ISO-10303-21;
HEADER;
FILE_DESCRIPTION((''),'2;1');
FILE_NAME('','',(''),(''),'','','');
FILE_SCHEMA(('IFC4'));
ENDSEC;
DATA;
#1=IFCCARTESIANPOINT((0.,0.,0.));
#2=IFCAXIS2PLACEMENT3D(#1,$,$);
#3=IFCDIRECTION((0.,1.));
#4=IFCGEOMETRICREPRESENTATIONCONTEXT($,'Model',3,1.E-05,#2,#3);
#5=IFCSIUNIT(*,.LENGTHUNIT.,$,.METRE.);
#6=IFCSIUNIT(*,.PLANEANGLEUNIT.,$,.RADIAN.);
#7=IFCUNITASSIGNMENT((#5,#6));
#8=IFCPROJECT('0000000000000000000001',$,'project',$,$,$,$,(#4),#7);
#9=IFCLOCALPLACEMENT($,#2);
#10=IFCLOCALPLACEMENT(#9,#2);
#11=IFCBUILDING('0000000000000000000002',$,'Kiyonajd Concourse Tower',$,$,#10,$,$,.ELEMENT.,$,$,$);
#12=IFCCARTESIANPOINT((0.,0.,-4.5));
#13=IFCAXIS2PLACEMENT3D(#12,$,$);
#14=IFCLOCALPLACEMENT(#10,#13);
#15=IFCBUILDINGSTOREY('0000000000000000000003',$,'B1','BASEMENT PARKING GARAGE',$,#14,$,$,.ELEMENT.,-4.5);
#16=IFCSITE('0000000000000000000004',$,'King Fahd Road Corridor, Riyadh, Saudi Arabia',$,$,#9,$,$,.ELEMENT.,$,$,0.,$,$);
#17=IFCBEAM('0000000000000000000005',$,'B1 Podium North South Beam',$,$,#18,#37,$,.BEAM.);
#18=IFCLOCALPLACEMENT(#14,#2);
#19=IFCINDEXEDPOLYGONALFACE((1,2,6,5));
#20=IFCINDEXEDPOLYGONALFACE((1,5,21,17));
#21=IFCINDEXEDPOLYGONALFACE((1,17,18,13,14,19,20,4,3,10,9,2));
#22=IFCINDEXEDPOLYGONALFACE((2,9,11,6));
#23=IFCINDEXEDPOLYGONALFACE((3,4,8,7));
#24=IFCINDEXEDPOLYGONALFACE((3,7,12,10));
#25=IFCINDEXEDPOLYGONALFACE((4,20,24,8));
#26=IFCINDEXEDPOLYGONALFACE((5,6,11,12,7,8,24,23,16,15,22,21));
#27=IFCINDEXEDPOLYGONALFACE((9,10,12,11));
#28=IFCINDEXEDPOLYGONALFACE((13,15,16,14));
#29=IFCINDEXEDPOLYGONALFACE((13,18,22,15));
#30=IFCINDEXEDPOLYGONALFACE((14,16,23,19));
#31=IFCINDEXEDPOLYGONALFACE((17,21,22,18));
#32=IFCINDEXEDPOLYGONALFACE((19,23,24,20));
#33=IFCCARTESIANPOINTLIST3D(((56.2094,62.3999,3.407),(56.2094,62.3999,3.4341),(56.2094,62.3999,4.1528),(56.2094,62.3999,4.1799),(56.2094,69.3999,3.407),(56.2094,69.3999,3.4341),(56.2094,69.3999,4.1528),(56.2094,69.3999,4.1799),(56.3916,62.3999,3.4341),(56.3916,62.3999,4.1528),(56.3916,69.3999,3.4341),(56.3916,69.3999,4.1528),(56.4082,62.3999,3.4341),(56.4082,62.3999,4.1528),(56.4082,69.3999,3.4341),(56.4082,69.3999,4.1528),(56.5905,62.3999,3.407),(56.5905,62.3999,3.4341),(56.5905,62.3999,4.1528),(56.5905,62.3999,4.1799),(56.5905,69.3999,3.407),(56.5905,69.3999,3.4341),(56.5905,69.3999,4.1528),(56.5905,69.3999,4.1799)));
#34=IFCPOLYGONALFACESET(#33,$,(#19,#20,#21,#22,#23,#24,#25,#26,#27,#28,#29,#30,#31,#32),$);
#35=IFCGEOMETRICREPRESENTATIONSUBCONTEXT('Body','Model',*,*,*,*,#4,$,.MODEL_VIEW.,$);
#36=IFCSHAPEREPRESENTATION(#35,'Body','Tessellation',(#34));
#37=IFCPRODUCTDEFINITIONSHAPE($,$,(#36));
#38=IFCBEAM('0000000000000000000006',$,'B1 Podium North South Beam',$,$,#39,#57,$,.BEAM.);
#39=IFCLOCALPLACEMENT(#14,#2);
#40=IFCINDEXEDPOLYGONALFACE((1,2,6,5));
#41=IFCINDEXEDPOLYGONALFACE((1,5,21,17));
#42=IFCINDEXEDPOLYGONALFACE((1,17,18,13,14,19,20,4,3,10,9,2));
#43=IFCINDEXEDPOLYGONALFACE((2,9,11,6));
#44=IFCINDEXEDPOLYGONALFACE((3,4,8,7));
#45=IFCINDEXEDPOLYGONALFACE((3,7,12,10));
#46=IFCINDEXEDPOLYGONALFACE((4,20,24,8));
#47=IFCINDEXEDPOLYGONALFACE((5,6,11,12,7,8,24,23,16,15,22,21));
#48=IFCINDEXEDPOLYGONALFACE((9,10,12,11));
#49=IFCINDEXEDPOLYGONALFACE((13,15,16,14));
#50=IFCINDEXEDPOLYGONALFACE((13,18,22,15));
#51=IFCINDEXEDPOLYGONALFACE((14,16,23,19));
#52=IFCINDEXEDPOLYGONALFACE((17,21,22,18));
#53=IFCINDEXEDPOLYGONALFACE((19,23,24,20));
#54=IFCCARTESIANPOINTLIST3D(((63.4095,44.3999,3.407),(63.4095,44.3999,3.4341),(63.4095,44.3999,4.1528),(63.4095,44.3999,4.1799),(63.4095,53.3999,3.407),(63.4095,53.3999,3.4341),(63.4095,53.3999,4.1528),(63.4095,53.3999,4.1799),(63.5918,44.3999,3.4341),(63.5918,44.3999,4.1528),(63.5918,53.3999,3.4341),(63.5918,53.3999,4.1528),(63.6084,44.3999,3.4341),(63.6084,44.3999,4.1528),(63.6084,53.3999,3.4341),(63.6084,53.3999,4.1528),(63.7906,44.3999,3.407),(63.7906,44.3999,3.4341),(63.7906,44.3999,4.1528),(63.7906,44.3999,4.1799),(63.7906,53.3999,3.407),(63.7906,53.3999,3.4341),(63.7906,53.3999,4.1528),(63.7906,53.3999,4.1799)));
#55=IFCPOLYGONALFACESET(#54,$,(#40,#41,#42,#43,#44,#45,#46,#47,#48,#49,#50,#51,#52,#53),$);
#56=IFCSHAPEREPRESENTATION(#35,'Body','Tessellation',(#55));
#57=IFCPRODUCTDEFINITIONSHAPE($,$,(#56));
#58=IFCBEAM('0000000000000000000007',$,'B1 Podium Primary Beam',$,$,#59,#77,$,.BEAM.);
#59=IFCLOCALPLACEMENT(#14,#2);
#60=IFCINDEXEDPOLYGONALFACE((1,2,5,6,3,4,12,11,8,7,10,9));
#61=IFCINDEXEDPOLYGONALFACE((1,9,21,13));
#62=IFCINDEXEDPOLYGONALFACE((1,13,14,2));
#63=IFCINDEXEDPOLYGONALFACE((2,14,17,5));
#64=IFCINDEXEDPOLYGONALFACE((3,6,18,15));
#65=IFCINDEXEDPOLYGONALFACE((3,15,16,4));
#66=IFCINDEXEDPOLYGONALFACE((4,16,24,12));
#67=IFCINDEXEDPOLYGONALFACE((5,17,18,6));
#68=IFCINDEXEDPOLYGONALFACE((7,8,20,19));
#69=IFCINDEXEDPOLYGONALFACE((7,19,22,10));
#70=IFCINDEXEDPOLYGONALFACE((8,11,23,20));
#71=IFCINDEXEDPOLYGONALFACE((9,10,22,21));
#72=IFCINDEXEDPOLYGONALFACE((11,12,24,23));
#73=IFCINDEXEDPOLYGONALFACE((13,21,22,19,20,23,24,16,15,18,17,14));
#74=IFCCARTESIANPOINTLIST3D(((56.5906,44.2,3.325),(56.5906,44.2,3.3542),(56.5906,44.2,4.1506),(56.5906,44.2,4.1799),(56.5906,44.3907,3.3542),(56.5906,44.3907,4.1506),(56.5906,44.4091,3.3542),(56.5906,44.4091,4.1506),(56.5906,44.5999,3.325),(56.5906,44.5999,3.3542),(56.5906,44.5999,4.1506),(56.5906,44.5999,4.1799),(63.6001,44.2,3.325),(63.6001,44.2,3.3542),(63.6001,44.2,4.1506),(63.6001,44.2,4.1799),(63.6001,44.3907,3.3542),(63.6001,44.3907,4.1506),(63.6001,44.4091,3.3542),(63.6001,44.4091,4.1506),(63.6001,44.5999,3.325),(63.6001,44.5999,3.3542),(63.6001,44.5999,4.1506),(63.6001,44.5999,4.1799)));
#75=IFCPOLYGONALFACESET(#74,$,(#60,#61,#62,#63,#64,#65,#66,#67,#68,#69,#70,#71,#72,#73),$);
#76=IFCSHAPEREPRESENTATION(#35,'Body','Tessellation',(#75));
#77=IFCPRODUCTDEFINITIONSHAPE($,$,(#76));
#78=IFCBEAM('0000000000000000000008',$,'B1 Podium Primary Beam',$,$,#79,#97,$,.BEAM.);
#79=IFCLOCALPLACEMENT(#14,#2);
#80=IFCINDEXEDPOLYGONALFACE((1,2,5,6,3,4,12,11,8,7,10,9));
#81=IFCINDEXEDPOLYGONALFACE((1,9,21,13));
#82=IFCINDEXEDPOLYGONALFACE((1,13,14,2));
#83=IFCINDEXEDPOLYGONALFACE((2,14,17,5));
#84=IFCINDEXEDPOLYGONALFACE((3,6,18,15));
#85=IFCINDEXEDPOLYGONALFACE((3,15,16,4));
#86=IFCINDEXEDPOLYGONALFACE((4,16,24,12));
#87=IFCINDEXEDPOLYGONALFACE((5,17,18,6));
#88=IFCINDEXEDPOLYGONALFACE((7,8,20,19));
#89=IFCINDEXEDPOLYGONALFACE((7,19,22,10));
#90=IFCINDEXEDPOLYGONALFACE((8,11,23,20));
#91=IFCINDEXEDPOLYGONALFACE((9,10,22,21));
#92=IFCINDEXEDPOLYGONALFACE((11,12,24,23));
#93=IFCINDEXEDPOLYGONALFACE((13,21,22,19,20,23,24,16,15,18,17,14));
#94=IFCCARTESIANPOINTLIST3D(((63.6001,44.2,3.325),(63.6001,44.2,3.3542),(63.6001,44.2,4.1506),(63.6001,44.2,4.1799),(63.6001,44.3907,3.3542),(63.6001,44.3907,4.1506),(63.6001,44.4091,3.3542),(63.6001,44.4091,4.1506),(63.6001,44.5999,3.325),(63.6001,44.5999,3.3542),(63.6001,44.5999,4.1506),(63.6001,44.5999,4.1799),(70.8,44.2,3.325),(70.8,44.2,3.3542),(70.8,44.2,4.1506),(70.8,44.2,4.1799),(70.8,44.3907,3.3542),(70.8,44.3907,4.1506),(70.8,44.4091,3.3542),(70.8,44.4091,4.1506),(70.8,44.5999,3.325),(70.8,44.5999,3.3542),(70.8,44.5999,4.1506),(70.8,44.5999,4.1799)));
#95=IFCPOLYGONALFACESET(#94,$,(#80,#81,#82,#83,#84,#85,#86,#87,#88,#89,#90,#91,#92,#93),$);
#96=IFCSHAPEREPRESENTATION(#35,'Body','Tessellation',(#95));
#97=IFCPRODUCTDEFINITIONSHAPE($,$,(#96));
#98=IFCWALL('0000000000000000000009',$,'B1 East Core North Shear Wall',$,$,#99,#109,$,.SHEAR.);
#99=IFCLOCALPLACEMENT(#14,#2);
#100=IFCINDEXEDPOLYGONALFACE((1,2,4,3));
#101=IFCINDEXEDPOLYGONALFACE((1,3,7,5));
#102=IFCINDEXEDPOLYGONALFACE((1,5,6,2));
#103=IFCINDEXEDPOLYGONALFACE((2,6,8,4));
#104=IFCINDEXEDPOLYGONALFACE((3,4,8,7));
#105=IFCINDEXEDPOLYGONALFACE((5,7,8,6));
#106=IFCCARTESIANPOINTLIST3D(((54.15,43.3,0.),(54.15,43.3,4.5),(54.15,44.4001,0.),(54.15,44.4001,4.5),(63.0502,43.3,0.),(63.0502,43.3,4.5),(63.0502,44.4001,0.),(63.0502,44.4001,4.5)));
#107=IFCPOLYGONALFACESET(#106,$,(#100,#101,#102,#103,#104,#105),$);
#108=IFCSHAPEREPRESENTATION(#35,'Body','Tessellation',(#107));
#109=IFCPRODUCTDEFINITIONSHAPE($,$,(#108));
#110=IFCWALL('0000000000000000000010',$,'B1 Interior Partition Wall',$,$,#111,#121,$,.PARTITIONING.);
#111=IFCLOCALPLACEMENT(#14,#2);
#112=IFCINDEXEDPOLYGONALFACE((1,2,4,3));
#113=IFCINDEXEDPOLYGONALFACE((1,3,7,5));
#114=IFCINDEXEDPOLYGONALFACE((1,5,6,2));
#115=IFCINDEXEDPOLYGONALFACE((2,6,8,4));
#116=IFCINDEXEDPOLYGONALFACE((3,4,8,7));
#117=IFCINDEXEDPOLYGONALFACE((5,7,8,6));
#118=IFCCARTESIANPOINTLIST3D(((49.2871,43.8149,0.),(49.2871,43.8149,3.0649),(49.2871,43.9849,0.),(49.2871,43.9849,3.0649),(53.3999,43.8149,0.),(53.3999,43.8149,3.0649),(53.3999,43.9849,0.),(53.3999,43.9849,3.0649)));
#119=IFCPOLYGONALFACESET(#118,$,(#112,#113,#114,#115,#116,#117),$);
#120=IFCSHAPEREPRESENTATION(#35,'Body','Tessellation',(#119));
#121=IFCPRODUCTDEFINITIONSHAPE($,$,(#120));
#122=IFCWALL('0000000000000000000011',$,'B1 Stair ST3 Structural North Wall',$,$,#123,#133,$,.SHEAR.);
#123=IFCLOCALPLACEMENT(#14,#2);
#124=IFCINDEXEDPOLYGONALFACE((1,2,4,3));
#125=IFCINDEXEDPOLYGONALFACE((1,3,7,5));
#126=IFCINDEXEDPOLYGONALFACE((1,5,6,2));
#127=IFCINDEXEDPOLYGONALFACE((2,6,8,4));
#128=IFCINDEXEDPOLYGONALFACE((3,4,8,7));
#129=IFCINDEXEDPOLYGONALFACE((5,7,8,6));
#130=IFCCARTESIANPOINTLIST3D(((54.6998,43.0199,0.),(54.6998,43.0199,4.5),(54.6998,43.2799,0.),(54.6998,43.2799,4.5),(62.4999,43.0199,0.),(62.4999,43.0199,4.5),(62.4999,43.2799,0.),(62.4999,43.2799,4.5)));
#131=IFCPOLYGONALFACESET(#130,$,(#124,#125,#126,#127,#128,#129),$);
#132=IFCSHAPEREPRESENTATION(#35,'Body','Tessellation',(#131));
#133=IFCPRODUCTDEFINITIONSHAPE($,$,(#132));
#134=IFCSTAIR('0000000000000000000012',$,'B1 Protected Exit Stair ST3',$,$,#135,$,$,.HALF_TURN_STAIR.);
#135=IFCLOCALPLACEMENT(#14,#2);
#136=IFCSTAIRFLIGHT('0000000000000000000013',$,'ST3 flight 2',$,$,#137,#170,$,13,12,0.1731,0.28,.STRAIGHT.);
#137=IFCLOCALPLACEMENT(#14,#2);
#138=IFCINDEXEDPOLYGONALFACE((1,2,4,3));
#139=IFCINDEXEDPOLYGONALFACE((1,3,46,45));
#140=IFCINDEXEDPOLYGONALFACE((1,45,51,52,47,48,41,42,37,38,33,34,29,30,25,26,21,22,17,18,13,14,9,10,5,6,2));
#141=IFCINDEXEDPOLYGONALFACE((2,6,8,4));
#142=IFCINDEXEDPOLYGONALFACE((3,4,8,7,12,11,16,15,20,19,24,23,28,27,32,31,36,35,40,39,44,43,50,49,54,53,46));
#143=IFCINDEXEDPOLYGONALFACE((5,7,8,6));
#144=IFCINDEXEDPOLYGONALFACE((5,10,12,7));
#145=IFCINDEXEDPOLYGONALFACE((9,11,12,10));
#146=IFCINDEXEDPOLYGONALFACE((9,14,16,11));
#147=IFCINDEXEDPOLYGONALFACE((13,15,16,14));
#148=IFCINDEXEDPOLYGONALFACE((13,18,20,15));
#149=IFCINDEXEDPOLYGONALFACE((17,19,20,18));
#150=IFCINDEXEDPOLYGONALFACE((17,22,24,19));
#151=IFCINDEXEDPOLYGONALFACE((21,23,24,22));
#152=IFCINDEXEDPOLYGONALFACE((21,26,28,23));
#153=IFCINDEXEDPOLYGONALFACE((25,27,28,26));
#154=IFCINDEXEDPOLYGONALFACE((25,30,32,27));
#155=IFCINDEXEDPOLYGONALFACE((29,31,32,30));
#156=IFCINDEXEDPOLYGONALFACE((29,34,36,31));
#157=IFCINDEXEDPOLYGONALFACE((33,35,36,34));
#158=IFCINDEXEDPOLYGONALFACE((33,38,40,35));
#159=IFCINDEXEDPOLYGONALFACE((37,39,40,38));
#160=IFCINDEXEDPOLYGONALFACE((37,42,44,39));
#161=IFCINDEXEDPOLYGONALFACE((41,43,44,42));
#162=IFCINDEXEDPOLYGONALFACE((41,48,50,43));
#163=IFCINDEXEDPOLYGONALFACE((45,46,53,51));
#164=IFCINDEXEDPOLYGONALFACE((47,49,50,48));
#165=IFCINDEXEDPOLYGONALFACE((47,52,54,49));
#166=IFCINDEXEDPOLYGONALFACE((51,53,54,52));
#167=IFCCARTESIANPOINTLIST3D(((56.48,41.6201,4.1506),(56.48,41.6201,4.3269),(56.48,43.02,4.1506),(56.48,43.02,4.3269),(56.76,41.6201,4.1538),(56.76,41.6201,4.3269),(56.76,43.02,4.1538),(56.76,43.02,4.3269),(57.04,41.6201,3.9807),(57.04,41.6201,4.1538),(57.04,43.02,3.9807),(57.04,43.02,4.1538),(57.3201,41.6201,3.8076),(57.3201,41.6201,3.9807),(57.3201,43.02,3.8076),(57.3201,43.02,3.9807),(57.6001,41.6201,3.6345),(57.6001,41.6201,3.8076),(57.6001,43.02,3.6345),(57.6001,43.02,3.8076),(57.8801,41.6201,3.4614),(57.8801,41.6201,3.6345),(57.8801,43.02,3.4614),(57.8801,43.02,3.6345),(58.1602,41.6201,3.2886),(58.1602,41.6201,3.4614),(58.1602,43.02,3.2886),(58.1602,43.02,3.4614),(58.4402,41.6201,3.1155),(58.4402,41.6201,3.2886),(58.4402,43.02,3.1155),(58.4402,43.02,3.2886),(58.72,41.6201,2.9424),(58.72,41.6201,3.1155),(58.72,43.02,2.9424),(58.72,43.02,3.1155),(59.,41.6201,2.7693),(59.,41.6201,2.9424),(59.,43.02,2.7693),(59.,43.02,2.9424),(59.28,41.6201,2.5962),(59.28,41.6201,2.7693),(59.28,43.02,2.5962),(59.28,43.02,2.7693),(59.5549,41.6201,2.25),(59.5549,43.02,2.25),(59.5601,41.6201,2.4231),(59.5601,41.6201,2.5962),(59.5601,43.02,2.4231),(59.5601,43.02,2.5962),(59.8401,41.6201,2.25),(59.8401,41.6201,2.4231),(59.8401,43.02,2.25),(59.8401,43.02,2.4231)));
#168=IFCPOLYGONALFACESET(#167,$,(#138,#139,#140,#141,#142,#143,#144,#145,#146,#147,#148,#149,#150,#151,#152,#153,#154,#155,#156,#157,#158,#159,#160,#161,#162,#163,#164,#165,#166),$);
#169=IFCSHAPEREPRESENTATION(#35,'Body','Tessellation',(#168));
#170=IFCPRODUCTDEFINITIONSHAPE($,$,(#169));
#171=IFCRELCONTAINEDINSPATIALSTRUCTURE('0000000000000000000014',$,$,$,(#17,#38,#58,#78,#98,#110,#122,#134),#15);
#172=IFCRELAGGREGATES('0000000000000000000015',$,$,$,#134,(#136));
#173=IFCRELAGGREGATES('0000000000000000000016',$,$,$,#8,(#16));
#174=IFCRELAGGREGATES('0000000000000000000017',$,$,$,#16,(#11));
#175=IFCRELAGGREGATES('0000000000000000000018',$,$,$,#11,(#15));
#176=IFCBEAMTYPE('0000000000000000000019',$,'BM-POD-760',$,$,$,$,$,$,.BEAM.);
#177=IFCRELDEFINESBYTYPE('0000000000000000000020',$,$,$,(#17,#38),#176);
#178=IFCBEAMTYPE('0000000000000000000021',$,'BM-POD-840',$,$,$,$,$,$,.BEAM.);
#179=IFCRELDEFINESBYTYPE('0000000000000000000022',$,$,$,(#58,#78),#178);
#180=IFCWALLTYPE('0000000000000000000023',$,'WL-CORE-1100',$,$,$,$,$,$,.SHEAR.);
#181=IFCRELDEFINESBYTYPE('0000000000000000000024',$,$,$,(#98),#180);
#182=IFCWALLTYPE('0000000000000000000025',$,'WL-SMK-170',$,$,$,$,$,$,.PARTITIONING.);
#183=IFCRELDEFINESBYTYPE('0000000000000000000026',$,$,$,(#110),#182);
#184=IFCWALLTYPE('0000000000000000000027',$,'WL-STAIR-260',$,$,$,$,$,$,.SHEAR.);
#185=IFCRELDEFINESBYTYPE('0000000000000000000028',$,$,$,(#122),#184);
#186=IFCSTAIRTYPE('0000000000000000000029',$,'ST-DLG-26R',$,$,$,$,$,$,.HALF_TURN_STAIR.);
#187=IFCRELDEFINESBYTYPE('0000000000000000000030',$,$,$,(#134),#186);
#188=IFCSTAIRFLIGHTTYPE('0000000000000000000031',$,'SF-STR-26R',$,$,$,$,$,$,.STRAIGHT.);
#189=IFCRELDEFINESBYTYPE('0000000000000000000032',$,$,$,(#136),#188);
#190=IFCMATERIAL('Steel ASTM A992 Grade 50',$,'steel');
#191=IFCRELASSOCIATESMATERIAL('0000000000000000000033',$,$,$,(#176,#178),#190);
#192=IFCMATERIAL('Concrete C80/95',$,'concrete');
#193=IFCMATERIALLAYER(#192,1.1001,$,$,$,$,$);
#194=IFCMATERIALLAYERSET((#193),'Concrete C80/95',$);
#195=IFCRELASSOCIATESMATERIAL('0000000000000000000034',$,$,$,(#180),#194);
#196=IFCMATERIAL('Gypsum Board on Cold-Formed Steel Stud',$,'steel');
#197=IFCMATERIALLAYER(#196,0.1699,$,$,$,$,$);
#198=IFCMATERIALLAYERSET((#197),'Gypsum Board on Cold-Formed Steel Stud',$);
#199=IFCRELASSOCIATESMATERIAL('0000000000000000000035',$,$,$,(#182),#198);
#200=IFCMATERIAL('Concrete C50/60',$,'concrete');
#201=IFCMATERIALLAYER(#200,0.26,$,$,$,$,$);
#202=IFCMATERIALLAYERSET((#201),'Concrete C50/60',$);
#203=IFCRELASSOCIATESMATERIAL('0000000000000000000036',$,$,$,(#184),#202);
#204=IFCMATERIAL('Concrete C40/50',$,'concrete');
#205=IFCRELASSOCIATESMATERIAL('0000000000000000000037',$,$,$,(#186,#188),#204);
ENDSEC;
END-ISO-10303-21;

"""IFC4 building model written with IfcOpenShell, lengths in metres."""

from ifc_helpers import new_model, si_unit, direction, frame, frame_2d, origin, origin_2d, place, context, subcontext, project, spatial, polyline, rectangle, i_section, outline, extrude, material, layer, layer_set, material_profile, profile_set, type_object, element, aggregate, save


model = new_model("IFC4")

# Units and contexts
model_context = context("Model", 3, precision=1e-05, world=origin(), true_north=direction((0.0, 1.0)))
body_context = subcontext(model_context, "Body", "Model", "MODEL_VIEW")
ifc_project = project(units=[si_unit("LENGTHUNIT", "METRE"), si_unit("PLANEANGLEUNIT", "RADIAN")], contexts=[model_context])

# Site, building, storey
site_placement = place(None, origin())
site = spatial("IfcSite", under=ifc_project, at=site_placement, Name="King Fahd Road Corridor, Riyadh, Saudi Arabia", CompositionType="ELEMENT", RefElevation=0.0)
building_placement = place(site_placement, origin())
building = spatial("IfcBuilding", under=site, at=building_placement, Name="Kiyonajd Concourse Tower", CompositionType="ELEMENT")
storey_placement = place(building_placement, frame((0.0, 0.0, -4.5)))
storey = spatial("IfcBuildingStorey", under=building, at=storey_placement, Name="B1", Description="BASEMENT PARKING GARAGE", CompositionType="ELEMENT", Elevation=-4.5)

# Shared definitions
ifc_material_1 = material(Name="Concrete C80/95", Category="concrete")

# Beams
ifc_material_2 = material(Name="Steel ASTM A992 Grade 50", Category="steel")
ifc_material_profile_1 = material_profile(ifc_material_2, i_section(OverallWidth=0.3811, OverallDepth=0.7729, WebThickness=0.0166, FlangeThickness=0.0271, at=origin_2d()), Name="W760X257")
ifc_profile_set_1 = profile_set([ifc_material_profile_1], Name="Steel ASTM A992 Grade 50")
beam_type_1 = type_object("IfcBeamType", Name="BM-POD-760", PredefinedType="BEAM", material=ifc_profile_set_1)
beam_1_placement = place(storey_placement, frame((56.3999, 62.3999, 3.7935), z_axis=(0.0, 1.0, 0.0), x_axis=(-1.0, 0.0, 0.0)))
element("IfcBeam", 1, at=beam_1_placement, inside=storey, type_object=beam_type_1, Name="B1 Podium North South Beam", PredefinedType="BEAM", context=body_context, shape_type="SweptSolid", body=[
    extrude(i_section(OverallWidth=0.3811, OverallDepth=0.7729, WebThickness=0.0166, FlangeThickness=0.0271, at=origin_2d()), origin(), (0.0, 0.0, 1.0), 7.0),
])
beam_2_placement = place(storey_placement, frame((63.6001, 44.3999, 3.7935), z_axis=(0.0, 1.0, 0.0), x_axis=(-1.0, 0.0, 0.0)))
element("IfcBeam", 2, at=beam_2_placement, inside=storey, type_object=beam_type_1, Name="B1 Podium North South Beam", PredefinedType="BEAM", context=body_context, shape_type="SweptSolid", body=[
    extrude(i_section(OverallWidth=0.3811, OverallDepth=0.7729, WebThickness=0.0166, FlangeThickness=0.0271, at=origin_2d()), origin(), (0.0, 0.0, 1.0), 9.0),
])
ifc_material_profile_2 = material_profile(ifc_material_2, i_section(OverallWidth=0.3999, OverallDepth=0.855, WebThickness=0.0183, FlangeThickness=0.0293, at=origin_2d()), Name="W840X299")
ifc_profile_set_2 = profile_set([ifc_material_profile_2], Name="Steel ASTM A992 Grade 50")
beam_type_2 = type_object("IfcBeamType", Name="BM-POD-840", PredefinedType="BEAM", material=ifc_profile_set_2)
beam_3_placement = place(storey_placement, frame((56.5906, 44.3999, 3.7524), z_axis=(1.0, 0.0, 0.0), x_axis=(0.0, 1.0, 0.0)))
element("IfcBeam", 3, at=beam_3_placement, inside=storey, type_object=beam_type_2, Name="B1 Podium Primary Beam", PredefinedType="BEAM", context=body_context, shape_type="SweptSolid", body=[
    extrude(i_section(OverallWidth=0.3999, OverallDepth=0.855, WebThickness=0.0183, FlangeThickness=0.0293, at=origin_2d()), origin(), (0.0, 0.0, 1.0), 7.0095),
])
beam_4_placement = place(storey_placement, frame((63.6001, 44.3999, 3.7524), z_axis=(1.0, 0.0, 0.0), x_axis=(0.0, 1.0, 0.0)))
element("IfcBeam", 4, at=beam_4_placement, inside=storey, type_object=beam_type_2, Name="B1 Podium Primary Beam", PredefinedType="BEAM", context=body_context, shape_type="SweptSolid", body=[
    extrude(i_section(OverallWidth=0.3999, OverallDepth=0.855, WebThickness=0.0183, FlangeThickness=0.0293, at=origin_2d()), origin(), (0.0, 0.0, 1.0), 7.2),
])

# Walls
ifc_layer_1 = layer(ifc_material_1, 1.1001)
ifc_layer_set_1 = layer_set([ifc_layer_1], Name="Concrete C80/95")
wall_type_1 = type_object("IfcWallType", Name="WL-CORE-1100", PredefinedType="SHEAR", material=ifc_layer_set_1)
wall_1_placement = place(storey_placement, frame((54.1499, 43.8501, 0.0), z_axis=(0.0, 0.0, 1.0), x_axis=(1.0, 0.0, 0.0)))
element("IfcWall", 5, at=wall_1_placement, inside=storey, type_object=wall_type_1, Name="B1 East Core North Shear Wall", PredefinedType="SHEAR", context=body_context, shape_type="SweptSolid", body=[
    extrude(rectangle(XDim=8.9001, YDim=1.1001, at=frame_2d((4.4502, 0.0))), origin(), (0.0, 0.0, 1.0), 4.5),
])
ifc_material_3 = material(Name="Gypsum Board on Cold-Formed Steel Stud", Category="steel")
ifc_layer_2 = layer(ifc_material_3, 0.1699)
ifc_layer_set_2 = layer_set([ifc_layer_2], Name="Gypsum Board on Cold-Formed Steel Stud")
wall_type_2 = type_object("IfcWallType", Name="WL-SMK-170", PredefinedType="PARTITIONING", material=ifc_layer_set_2)
wall_2_placement = place(storey_placement, frame((49.2871, 43.8999, 0.0), z_axis=(0.0, 0.0, 1.0), x_axis=(1.0, 0.0, 0.0)))
element("IfcWall", 6, at=wall_2_placement, inside=storey, type_object=wall_type_2, Name="B1 Interior Partition Wall", PredefinedType="PARTITIONING", context=body_context, shape_type="SweptSolid", body=[
    extrude(rectangle(XDim=4.1128, YDim=0.1699, at=frame_2d((2.0564, 0.0))), origin(), (0.0, 0.0, 1.0), 3.0649),
])
ifc_material_4 = material(Name="Concrete C50/60", Category="concrete")
ifc_layer_3 = layer(ifc_material_4, 0.26)
ifc_layer_set_3 = layer_set([ifc_layer_3], Name="Concrete C50/60")
wall_type_3 = type_object("IfcWallType", Name="WL-STAIR-260", PredefinedType="SHEAR", material=ifc_layer_set_3)
wall_3_placement = place(storey_placement, frame((54.7, 43.1499, 0.0), z_axis=(0.0, 0.0, 1.0), x_axis=(1.0, 0.0, 0.0)))
element("IfcWall", 7, at=wall_3_placement, inside=storey, type_object=wall_type_3, Name="B1 Stair ST3 Structural North Wall", PredefinedType="SHEAR", context=body_context, shape_type="SweptSolid", body=[
    extrude(rectangle(XDim=7.8, YDim=0.26, at=frame_2d((3.8999, 0.0))), origin(), (0.0, 0.0, 1.0), 4.5),
])

# Stair, stair flight
ifc_material_5 = material(Name="Concrete C40/50", Category="concrete")
stair_type = type_object("IfcStairType", Name="ST-DLG-26R", PredefinedType="HALF_TURN_STAIR", material=ifc_material_5)
stair_placement = place(storey_placement, origin())
stair = element("IfcStair", 8, at=stair_placement, inside=storey, type_object=stair_type, Name="B1 Protected Exit Stair ST3", PredefinedType="HALF_TURN_STAIR")
stair_flight_type = type_object("IfcStairFlightType", Name="SF-STR-26R", PredefinedType="STRAIGHT", material=ifc_material_5)
stair_flight_placement = place(storey_placement, frame((59.8401, 42.3201, 2.25), z_axis=(0.0, 0.0, 1.0), x_axis=(-1.0, 0.0, 0.0)))
stair_flight = element("IfcStairFlight", 9, at=stair_flight_placement, type_object=stair_flight_type, Name="ST3 flight 2", NumberOfRisers=13, NumberOfTreads=12, PredefinedType="STRAIGHT", RiserHeight=0.1731, TreadLength=0.28, context=body_context, shape_type="SweptSolid", body=[
    extrude(outline(polyline([(0.0, 0.0), (0.0, 0.1731), (0.28, 0.1731), (0.28, 0.3462), (0.5601, 0.3462), (0.5601, 0.5193), (0.8401, 0.5193), (0.8401, 0.6924), (1.1201, 0.6924), (1.1201, 0.8655), (1.3999, 0.8655), (1.3999, 1.0386), (1.6799, 1.0386), (1.6799, 1.2114), (1.96, 1.2114), (1.96, 1.3845), (2.24, 1.3845), (2.24, 1.5576), (2.52, 1.5576), (2.52, 1.7307), (2.8, 1.7307), (2.8, 1.9038), (3.0801, 1.9038), (3.0801, 2.0769), (3.3601, 2.0769), (3.3601, 2.25), (3.3601, 1.9006), (0.2852, 0.0), (0.0, 0.0)])), frame((0.0, 0.7, 0.0), z_axis=(0.0, -1.0, 0.0), x_axis=(1.0, 0.0, 0.0)), (0.0, 0.0, 1.0), 1.3999),
])
aggregate(stair, [stair_flight])

save(model, "model.ifc")
